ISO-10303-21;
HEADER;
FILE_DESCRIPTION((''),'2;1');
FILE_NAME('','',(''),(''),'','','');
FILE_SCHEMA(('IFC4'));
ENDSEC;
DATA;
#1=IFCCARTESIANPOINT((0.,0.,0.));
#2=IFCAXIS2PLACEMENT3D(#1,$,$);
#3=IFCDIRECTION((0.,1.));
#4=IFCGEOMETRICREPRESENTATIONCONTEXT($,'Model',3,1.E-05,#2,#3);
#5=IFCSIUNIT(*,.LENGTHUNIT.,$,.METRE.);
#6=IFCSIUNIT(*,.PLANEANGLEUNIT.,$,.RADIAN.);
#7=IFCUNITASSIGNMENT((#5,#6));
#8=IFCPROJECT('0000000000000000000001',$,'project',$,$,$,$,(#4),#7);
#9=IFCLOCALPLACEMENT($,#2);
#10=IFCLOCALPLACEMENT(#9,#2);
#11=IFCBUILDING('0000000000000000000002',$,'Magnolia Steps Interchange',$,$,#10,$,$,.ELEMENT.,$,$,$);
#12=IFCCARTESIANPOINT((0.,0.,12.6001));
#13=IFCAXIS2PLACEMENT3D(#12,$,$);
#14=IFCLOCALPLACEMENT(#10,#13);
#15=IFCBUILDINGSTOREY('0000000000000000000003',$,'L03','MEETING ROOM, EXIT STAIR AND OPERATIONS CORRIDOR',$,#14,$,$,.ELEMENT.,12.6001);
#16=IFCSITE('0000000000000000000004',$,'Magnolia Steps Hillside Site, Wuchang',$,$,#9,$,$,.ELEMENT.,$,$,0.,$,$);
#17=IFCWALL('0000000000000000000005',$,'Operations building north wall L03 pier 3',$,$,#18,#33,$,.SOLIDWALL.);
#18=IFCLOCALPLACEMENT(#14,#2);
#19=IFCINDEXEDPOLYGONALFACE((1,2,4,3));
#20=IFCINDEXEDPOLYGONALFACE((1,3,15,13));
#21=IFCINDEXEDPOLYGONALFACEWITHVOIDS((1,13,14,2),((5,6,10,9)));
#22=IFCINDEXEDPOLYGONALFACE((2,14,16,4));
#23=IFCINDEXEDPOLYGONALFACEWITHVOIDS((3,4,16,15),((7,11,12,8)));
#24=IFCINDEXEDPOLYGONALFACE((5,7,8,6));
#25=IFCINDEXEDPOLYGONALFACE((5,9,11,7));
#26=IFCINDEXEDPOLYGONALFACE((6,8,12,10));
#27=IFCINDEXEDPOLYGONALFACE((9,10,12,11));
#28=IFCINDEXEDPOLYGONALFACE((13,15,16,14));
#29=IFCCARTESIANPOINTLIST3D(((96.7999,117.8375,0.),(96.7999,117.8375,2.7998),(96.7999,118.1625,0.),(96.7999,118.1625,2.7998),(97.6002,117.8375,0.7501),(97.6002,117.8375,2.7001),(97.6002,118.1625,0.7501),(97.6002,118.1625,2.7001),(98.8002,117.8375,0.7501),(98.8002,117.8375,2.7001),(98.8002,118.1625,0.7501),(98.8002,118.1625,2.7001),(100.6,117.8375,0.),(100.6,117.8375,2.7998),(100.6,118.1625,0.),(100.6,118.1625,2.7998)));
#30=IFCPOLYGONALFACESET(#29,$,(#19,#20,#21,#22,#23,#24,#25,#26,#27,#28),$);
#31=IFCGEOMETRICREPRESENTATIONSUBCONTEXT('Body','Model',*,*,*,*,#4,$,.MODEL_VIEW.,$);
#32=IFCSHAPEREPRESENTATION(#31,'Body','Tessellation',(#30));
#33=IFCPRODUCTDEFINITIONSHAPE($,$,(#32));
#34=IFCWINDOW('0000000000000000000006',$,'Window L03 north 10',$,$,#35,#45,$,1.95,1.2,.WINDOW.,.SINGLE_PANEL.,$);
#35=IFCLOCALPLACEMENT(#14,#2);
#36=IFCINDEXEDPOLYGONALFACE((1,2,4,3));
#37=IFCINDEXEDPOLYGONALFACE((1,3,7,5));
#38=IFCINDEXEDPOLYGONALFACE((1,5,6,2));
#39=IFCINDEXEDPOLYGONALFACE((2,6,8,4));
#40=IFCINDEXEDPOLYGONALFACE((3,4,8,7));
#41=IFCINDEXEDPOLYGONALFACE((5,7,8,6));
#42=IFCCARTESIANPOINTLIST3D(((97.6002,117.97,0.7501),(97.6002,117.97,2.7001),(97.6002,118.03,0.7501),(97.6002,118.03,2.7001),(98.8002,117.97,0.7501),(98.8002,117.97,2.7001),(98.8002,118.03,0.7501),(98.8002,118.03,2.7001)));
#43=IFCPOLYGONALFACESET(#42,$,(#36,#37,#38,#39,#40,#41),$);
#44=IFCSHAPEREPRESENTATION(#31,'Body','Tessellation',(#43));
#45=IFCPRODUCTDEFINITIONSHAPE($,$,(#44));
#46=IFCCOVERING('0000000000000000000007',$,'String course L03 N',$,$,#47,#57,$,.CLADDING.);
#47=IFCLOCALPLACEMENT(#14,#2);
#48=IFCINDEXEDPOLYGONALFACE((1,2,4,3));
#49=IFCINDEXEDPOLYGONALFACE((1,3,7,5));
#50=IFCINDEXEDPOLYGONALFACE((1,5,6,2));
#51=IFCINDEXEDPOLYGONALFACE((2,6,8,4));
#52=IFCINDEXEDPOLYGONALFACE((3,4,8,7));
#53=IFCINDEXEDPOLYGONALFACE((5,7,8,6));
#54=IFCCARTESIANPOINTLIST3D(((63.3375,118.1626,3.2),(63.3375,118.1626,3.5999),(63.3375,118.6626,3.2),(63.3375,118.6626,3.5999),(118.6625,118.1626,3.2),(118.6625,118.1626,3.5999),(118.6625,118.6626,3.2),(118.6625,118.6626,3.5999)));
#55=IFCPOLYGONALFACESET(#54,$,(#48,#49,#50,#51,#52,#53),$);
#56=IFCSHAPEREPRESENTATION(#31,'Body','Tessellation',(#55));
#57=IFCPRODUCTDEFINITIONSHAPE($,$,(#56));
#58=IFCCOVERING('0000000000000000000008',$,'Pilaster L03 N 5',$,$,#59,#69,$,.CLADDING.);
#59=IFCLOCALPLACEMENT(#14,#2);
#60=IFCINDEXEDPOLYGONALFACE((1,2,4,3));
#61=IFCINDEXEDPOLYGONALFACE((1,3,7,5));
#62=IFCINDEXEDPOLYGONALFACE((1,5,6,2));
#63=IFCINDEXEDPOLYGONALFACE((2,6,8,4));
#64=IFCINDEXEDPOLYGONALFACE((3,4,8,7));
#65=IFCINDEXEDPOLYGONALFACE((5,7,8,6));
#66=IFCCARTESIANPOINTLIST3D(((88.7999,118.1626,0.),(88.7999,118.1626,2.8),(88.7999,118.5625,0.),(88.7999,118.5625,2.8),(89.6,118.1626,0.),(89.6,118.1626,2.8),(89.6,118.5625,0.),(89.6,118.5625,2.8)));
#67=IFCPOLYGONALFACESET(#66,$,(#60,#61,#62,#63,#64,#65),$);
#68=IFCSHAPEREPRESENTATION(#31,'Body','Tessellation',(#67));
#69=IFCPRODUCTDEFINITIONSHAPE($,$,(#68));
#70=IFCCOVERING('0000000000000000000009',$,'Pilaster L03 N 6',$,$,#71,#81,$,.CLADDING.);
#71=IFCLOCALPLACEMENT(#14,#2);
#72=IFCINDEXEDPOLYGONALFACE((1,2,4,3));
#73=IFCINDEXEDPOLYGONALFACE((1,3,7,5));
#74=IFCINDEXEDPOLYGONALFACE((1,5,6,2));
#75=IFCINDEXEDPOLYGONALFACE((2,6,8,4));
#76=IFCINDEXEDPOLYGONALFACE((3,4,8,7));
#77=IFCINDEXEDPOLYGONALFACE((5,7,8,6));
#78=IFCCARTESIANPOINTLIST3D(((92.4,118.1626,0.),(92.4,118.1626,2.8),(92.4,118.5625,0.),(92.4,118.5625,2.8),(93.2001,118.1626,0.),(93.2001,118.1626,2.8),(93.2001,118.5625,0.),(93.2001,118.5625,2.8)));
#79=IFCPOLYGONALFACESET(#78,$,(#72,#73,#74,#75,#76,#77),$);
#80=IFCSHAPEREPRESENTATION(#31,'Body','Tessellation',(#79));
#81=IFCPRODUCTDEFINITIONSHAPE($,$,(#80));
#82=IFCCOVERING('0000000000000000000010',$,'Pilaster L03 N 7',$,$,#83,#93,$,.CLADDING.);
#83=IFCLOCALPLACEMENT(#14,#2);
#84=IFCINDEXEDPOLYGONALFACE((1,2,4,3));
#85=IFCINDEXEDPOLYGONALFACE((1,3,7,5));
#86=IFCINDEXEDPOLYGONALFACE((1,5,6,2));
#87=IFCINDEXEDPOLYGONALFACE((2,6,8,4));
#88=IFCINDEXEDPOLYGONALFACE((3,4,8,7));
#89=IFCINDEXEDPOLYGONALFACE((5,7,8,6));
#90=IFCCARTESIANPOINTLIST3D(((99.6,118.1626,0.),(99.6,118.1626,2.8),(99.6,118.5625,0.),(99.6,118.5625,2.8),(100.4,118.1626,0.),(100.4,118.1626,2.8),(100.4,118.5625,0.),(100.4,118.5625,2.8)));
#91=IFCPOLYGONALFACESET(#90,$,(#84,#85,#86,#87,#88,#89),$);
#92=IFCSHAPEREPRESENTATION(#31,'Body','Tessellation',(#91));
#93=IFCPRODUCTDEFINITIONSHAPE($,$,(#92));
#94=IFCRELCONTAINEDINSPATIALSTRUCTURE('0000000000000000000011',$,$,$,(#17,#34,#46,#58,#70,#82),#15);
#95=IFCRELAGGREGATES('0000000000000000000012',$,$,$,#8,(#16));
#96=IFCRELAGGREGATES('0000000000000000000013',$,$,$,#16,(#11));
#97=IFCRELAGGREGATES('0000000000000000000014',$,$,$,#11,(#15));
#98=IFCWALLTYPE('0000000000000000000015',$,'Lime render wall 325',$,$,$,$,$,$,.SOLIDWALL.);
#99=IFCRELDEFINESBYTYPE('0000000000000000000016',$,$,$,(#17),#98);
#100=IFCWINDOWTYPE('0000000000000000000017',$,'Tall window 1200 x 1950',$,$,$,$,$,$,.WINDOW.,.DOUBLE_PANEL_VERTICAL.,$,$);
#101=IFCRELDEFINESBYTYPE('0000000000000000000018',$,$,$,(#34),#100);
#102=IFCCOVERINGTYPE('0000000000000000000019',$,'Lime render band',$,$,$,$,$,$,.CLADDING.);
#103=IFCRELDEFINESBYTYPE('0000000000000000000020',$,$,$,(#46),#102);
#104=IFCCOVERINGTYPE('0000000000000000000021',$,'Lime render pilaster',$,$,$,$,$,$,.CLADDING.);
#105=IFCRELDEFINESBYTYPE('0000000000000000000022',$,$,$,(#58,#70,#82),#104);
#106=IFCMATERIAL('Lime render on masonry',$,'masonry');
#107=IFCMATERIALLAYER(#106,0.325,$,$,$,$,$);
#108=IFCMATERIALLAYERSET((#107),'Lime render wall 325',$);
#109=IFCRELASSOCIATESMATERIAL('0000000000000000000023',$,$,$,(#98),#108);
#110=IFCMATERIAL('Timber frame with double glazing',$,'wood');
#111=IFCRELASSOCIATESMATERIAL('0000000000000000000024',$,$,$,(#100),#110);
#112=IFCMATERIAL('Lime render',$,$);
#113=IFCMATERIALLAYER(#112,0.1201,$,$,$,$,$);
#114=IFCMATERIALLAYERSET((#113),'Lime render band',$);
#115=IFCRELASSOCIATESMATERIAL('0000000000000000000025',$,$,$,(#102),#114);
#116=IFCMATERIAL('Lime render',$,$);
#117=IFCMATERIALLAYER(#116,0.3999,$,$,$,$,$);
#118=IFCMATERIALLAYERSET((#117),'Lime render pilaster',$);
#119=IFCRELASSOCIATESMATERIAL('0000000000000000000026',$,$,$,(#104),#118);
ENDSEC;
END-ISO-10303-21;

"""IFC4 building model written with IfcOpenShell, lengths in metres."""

from ifc_helpers import new_model, si_unit, direction, frame, frame_2d, origin, origin_2d, place, context, subcontext, project, spatial, rectangle, extrude, material, layer, layer_set, type_object, element, fill, save


model = new_model("IFC4")

# Units and contexts
model_context = context("Model", 3, precision=1e-05, world=origin(), true_north=direction((0.0, 1.0)))
body_context = subcontext(model_context, "Body", "Model", "MODEL_VIEW")
ifc_project = project(units=[si_unit("LENGTHUNIT", "METRE"), si_unit("PLANEANGLEUNIT", "RADIAN")], contexts=[model_context])

# Site, building, storey
site_placement = place(None, origin())
site = spatial("IfcSite", under=ifc_project, at=site_placement, Name="Magnolia Steps Hillside Site, Wuchang", CompositionType="ELEMENT", RefElevation=0.0)
building_placement = place(site_placement, origin())
building = spatial("IfcBuilding", under=site, at=building_placement, Name="Magnolia Steps Interchange", CompositionType="ELEMENT")
storey_placement = place(building_placement, frame((0.0, 0.0, 12.6001)))
storey = spatial("IfcBuildingStorey", under=building, at=storey_placement, Name="L03", Description="MEETING ROOM, EXIT STAIR AND OPERATIONS CORRIDOR", CompositionType="ELEMENT", Elevation=12.6001)

# Shared definitions
ifc_material_1 = material(Name="Lime render on masonry", Category="masonry")
ifc_layer_1 = layer(ifc_material_1, 0.325)
ifc_layer_set_1 = layer_set([ifc_layer_1], Name="Lime render wall 325")
wall_type_1 = type_object("IfcWallType", Name="Lime render wall 325", PredefinedType="SOLIDWALL", material=ifc_layer_set_1)
ifc_material_2 = material(Name="Timber frame with double glazing", Category="wood")
window_type = type_object("IfcWindowType", Name="Tall window 1200 x 1950", PartitioningType="DOUBLE_PANEL_VERTICAL", PredefinedType="WINDOW", material=ifc_material_2)

# Wall, opening, window
wall_1_placement = place(storey_placement, frame((96.8, 118.0, 0.0), z_axis=(0.0, 0.0, 1.0), x_axis=(1.0, 0.0, 0.0)))
wall_1 = element("IfcWall", 1, at=wall_1_placement, inside=storey, type_object=wall_type_1, Name="Operations building north wall L03 pier 3", PredefinedType="SOLIDWALL", context=body_context, shape_type="SweptSolid", body=[
    extrude(rectangle(XDim=3.8, YDim=0.325, at=frame_2d((1.8999, 0.0))), origin(), (0.0, 0.0, 1.0), 2.7998),
])
opening_1_placement = place(wall_1_placement, frame((0.8, 0.0, 0.75)))
opening_1 = element("IfcOpeningElement", 2, at=opening_1_placement, cuts=wall_1, PredefinedType="OPENING", context=body_context, shape_type="SweptSolid", body=[
    extrude(rectangle(XDim=1.2, YDim=1.95, at=frame_2d((0.6001, 0.9751))), frame((0.0, 0.1724, 0.0), z_axis=(0.0, -1.0, 0.0), x_axis=(1.0, 0.0, 0.0)), (0.0, 0.0, 1.0), 0.345),
])
window_1_placement = place(opening_1_placement, origin())
window_1 = element("IfcWindow", 3, at=window_1_placement, inside=storey, type_object=window_type, Name="Window L03 north 10", OverallHeight=1.95, OverallWidth=1.2, PartitioningType="SINGLE_PANEL", PredefinedType="WINDOW", context=body_context, shape_type="SweptSolid", body=[
    extrude(rectangle(XDim=1.2, YDim=1.95, at=frame_2d((0.6001, 0.9751))), frame((0.0, 0.03, 0.0), z_axis=(0.0, -1.0, 0.0), x_axis=(1.0, 0.0, 0.0)), (0.0, 0.0, 1.0), 0.0601),
])
fill(opening_1, window_1)

# Coverings
ifc_material_3 = material(Name="Lime render")
ifc_layer_2 = layer(ifc_material_3, 0.1201)
ifc_layer_set_2 = layer_set([ifc_layer_2], Name="Lime render band")
covering_type_1 = type_object("IfcCoveringType", Name="Lime render band", PredefinedType="CLADDING", material=ifc_layer_set_2)
covering_1_placement = place(storey_placement, frame((91.0, 118.4126, 3.2), z_axis=(0.0, 0.0, 1.0), x_axis=(1.0, 0.0, 0.0)))
element("IfcCovering", 4, at=covering_1_placement, inside=storey, type_object=covering_type_1, Name="String course L03 N", PredefinedType="CLADDING", context=body_context, shape_type="SweptSolid", body=[
    extrude(rectangle(XDim=55.325, YDim=0.5, at=origin_2d()), origin(), (0.0, 0.0, 1.0), 0.3999),
])
ifc_material_4 = material(Name="Lime render")
ifc_layer_3 = layer(ifc_material_4, 0.3999)
ifc_layer_set_3 = layer_set([ifc_layer_3], Name="Lime render pilaster")
covering_type_2 = type_object("IfcCoveringType", Name="Lime render pilaster", PredefinedType="CLADDING", material=ifc_layer_set_3)
for number, where, z_axis, x_axis, name in (
    (5, (89.2, 118.3625, 0.0), (0.0, 0.0, 1.0), (1.0, 0.0, 0.0), "Pilaster L03 N 5"),
    (6, (92.8, 118.3625, 0.0), (0.0, 0.0, 1.0), (1.0, 0.0, 0.0), "Pilaster L03 N 6"),
    (7, (100.0, 118.3625, 0.0), (0.0, 0.0, 1.0), (1.0, 0.0, 0.0), "Pilaster L03 N 7"),
):
    element("IfcCovering", number, at=place(storey_placement, frame(where, z_axis=z_axis, x_axis=x_axis)), inside=storey, type_object=covering_type_2, Name=name, PredefinedType="CLADDING", context=body_context, shape_type="SweptSolid", body=[
        extrude(rectangle(XDim=0.8, YDim=0.3999, at=origin_2d()), origin(), (0.0, 0.0, 1.0), 2.8),
    ])

save(model, "model.ifc")
